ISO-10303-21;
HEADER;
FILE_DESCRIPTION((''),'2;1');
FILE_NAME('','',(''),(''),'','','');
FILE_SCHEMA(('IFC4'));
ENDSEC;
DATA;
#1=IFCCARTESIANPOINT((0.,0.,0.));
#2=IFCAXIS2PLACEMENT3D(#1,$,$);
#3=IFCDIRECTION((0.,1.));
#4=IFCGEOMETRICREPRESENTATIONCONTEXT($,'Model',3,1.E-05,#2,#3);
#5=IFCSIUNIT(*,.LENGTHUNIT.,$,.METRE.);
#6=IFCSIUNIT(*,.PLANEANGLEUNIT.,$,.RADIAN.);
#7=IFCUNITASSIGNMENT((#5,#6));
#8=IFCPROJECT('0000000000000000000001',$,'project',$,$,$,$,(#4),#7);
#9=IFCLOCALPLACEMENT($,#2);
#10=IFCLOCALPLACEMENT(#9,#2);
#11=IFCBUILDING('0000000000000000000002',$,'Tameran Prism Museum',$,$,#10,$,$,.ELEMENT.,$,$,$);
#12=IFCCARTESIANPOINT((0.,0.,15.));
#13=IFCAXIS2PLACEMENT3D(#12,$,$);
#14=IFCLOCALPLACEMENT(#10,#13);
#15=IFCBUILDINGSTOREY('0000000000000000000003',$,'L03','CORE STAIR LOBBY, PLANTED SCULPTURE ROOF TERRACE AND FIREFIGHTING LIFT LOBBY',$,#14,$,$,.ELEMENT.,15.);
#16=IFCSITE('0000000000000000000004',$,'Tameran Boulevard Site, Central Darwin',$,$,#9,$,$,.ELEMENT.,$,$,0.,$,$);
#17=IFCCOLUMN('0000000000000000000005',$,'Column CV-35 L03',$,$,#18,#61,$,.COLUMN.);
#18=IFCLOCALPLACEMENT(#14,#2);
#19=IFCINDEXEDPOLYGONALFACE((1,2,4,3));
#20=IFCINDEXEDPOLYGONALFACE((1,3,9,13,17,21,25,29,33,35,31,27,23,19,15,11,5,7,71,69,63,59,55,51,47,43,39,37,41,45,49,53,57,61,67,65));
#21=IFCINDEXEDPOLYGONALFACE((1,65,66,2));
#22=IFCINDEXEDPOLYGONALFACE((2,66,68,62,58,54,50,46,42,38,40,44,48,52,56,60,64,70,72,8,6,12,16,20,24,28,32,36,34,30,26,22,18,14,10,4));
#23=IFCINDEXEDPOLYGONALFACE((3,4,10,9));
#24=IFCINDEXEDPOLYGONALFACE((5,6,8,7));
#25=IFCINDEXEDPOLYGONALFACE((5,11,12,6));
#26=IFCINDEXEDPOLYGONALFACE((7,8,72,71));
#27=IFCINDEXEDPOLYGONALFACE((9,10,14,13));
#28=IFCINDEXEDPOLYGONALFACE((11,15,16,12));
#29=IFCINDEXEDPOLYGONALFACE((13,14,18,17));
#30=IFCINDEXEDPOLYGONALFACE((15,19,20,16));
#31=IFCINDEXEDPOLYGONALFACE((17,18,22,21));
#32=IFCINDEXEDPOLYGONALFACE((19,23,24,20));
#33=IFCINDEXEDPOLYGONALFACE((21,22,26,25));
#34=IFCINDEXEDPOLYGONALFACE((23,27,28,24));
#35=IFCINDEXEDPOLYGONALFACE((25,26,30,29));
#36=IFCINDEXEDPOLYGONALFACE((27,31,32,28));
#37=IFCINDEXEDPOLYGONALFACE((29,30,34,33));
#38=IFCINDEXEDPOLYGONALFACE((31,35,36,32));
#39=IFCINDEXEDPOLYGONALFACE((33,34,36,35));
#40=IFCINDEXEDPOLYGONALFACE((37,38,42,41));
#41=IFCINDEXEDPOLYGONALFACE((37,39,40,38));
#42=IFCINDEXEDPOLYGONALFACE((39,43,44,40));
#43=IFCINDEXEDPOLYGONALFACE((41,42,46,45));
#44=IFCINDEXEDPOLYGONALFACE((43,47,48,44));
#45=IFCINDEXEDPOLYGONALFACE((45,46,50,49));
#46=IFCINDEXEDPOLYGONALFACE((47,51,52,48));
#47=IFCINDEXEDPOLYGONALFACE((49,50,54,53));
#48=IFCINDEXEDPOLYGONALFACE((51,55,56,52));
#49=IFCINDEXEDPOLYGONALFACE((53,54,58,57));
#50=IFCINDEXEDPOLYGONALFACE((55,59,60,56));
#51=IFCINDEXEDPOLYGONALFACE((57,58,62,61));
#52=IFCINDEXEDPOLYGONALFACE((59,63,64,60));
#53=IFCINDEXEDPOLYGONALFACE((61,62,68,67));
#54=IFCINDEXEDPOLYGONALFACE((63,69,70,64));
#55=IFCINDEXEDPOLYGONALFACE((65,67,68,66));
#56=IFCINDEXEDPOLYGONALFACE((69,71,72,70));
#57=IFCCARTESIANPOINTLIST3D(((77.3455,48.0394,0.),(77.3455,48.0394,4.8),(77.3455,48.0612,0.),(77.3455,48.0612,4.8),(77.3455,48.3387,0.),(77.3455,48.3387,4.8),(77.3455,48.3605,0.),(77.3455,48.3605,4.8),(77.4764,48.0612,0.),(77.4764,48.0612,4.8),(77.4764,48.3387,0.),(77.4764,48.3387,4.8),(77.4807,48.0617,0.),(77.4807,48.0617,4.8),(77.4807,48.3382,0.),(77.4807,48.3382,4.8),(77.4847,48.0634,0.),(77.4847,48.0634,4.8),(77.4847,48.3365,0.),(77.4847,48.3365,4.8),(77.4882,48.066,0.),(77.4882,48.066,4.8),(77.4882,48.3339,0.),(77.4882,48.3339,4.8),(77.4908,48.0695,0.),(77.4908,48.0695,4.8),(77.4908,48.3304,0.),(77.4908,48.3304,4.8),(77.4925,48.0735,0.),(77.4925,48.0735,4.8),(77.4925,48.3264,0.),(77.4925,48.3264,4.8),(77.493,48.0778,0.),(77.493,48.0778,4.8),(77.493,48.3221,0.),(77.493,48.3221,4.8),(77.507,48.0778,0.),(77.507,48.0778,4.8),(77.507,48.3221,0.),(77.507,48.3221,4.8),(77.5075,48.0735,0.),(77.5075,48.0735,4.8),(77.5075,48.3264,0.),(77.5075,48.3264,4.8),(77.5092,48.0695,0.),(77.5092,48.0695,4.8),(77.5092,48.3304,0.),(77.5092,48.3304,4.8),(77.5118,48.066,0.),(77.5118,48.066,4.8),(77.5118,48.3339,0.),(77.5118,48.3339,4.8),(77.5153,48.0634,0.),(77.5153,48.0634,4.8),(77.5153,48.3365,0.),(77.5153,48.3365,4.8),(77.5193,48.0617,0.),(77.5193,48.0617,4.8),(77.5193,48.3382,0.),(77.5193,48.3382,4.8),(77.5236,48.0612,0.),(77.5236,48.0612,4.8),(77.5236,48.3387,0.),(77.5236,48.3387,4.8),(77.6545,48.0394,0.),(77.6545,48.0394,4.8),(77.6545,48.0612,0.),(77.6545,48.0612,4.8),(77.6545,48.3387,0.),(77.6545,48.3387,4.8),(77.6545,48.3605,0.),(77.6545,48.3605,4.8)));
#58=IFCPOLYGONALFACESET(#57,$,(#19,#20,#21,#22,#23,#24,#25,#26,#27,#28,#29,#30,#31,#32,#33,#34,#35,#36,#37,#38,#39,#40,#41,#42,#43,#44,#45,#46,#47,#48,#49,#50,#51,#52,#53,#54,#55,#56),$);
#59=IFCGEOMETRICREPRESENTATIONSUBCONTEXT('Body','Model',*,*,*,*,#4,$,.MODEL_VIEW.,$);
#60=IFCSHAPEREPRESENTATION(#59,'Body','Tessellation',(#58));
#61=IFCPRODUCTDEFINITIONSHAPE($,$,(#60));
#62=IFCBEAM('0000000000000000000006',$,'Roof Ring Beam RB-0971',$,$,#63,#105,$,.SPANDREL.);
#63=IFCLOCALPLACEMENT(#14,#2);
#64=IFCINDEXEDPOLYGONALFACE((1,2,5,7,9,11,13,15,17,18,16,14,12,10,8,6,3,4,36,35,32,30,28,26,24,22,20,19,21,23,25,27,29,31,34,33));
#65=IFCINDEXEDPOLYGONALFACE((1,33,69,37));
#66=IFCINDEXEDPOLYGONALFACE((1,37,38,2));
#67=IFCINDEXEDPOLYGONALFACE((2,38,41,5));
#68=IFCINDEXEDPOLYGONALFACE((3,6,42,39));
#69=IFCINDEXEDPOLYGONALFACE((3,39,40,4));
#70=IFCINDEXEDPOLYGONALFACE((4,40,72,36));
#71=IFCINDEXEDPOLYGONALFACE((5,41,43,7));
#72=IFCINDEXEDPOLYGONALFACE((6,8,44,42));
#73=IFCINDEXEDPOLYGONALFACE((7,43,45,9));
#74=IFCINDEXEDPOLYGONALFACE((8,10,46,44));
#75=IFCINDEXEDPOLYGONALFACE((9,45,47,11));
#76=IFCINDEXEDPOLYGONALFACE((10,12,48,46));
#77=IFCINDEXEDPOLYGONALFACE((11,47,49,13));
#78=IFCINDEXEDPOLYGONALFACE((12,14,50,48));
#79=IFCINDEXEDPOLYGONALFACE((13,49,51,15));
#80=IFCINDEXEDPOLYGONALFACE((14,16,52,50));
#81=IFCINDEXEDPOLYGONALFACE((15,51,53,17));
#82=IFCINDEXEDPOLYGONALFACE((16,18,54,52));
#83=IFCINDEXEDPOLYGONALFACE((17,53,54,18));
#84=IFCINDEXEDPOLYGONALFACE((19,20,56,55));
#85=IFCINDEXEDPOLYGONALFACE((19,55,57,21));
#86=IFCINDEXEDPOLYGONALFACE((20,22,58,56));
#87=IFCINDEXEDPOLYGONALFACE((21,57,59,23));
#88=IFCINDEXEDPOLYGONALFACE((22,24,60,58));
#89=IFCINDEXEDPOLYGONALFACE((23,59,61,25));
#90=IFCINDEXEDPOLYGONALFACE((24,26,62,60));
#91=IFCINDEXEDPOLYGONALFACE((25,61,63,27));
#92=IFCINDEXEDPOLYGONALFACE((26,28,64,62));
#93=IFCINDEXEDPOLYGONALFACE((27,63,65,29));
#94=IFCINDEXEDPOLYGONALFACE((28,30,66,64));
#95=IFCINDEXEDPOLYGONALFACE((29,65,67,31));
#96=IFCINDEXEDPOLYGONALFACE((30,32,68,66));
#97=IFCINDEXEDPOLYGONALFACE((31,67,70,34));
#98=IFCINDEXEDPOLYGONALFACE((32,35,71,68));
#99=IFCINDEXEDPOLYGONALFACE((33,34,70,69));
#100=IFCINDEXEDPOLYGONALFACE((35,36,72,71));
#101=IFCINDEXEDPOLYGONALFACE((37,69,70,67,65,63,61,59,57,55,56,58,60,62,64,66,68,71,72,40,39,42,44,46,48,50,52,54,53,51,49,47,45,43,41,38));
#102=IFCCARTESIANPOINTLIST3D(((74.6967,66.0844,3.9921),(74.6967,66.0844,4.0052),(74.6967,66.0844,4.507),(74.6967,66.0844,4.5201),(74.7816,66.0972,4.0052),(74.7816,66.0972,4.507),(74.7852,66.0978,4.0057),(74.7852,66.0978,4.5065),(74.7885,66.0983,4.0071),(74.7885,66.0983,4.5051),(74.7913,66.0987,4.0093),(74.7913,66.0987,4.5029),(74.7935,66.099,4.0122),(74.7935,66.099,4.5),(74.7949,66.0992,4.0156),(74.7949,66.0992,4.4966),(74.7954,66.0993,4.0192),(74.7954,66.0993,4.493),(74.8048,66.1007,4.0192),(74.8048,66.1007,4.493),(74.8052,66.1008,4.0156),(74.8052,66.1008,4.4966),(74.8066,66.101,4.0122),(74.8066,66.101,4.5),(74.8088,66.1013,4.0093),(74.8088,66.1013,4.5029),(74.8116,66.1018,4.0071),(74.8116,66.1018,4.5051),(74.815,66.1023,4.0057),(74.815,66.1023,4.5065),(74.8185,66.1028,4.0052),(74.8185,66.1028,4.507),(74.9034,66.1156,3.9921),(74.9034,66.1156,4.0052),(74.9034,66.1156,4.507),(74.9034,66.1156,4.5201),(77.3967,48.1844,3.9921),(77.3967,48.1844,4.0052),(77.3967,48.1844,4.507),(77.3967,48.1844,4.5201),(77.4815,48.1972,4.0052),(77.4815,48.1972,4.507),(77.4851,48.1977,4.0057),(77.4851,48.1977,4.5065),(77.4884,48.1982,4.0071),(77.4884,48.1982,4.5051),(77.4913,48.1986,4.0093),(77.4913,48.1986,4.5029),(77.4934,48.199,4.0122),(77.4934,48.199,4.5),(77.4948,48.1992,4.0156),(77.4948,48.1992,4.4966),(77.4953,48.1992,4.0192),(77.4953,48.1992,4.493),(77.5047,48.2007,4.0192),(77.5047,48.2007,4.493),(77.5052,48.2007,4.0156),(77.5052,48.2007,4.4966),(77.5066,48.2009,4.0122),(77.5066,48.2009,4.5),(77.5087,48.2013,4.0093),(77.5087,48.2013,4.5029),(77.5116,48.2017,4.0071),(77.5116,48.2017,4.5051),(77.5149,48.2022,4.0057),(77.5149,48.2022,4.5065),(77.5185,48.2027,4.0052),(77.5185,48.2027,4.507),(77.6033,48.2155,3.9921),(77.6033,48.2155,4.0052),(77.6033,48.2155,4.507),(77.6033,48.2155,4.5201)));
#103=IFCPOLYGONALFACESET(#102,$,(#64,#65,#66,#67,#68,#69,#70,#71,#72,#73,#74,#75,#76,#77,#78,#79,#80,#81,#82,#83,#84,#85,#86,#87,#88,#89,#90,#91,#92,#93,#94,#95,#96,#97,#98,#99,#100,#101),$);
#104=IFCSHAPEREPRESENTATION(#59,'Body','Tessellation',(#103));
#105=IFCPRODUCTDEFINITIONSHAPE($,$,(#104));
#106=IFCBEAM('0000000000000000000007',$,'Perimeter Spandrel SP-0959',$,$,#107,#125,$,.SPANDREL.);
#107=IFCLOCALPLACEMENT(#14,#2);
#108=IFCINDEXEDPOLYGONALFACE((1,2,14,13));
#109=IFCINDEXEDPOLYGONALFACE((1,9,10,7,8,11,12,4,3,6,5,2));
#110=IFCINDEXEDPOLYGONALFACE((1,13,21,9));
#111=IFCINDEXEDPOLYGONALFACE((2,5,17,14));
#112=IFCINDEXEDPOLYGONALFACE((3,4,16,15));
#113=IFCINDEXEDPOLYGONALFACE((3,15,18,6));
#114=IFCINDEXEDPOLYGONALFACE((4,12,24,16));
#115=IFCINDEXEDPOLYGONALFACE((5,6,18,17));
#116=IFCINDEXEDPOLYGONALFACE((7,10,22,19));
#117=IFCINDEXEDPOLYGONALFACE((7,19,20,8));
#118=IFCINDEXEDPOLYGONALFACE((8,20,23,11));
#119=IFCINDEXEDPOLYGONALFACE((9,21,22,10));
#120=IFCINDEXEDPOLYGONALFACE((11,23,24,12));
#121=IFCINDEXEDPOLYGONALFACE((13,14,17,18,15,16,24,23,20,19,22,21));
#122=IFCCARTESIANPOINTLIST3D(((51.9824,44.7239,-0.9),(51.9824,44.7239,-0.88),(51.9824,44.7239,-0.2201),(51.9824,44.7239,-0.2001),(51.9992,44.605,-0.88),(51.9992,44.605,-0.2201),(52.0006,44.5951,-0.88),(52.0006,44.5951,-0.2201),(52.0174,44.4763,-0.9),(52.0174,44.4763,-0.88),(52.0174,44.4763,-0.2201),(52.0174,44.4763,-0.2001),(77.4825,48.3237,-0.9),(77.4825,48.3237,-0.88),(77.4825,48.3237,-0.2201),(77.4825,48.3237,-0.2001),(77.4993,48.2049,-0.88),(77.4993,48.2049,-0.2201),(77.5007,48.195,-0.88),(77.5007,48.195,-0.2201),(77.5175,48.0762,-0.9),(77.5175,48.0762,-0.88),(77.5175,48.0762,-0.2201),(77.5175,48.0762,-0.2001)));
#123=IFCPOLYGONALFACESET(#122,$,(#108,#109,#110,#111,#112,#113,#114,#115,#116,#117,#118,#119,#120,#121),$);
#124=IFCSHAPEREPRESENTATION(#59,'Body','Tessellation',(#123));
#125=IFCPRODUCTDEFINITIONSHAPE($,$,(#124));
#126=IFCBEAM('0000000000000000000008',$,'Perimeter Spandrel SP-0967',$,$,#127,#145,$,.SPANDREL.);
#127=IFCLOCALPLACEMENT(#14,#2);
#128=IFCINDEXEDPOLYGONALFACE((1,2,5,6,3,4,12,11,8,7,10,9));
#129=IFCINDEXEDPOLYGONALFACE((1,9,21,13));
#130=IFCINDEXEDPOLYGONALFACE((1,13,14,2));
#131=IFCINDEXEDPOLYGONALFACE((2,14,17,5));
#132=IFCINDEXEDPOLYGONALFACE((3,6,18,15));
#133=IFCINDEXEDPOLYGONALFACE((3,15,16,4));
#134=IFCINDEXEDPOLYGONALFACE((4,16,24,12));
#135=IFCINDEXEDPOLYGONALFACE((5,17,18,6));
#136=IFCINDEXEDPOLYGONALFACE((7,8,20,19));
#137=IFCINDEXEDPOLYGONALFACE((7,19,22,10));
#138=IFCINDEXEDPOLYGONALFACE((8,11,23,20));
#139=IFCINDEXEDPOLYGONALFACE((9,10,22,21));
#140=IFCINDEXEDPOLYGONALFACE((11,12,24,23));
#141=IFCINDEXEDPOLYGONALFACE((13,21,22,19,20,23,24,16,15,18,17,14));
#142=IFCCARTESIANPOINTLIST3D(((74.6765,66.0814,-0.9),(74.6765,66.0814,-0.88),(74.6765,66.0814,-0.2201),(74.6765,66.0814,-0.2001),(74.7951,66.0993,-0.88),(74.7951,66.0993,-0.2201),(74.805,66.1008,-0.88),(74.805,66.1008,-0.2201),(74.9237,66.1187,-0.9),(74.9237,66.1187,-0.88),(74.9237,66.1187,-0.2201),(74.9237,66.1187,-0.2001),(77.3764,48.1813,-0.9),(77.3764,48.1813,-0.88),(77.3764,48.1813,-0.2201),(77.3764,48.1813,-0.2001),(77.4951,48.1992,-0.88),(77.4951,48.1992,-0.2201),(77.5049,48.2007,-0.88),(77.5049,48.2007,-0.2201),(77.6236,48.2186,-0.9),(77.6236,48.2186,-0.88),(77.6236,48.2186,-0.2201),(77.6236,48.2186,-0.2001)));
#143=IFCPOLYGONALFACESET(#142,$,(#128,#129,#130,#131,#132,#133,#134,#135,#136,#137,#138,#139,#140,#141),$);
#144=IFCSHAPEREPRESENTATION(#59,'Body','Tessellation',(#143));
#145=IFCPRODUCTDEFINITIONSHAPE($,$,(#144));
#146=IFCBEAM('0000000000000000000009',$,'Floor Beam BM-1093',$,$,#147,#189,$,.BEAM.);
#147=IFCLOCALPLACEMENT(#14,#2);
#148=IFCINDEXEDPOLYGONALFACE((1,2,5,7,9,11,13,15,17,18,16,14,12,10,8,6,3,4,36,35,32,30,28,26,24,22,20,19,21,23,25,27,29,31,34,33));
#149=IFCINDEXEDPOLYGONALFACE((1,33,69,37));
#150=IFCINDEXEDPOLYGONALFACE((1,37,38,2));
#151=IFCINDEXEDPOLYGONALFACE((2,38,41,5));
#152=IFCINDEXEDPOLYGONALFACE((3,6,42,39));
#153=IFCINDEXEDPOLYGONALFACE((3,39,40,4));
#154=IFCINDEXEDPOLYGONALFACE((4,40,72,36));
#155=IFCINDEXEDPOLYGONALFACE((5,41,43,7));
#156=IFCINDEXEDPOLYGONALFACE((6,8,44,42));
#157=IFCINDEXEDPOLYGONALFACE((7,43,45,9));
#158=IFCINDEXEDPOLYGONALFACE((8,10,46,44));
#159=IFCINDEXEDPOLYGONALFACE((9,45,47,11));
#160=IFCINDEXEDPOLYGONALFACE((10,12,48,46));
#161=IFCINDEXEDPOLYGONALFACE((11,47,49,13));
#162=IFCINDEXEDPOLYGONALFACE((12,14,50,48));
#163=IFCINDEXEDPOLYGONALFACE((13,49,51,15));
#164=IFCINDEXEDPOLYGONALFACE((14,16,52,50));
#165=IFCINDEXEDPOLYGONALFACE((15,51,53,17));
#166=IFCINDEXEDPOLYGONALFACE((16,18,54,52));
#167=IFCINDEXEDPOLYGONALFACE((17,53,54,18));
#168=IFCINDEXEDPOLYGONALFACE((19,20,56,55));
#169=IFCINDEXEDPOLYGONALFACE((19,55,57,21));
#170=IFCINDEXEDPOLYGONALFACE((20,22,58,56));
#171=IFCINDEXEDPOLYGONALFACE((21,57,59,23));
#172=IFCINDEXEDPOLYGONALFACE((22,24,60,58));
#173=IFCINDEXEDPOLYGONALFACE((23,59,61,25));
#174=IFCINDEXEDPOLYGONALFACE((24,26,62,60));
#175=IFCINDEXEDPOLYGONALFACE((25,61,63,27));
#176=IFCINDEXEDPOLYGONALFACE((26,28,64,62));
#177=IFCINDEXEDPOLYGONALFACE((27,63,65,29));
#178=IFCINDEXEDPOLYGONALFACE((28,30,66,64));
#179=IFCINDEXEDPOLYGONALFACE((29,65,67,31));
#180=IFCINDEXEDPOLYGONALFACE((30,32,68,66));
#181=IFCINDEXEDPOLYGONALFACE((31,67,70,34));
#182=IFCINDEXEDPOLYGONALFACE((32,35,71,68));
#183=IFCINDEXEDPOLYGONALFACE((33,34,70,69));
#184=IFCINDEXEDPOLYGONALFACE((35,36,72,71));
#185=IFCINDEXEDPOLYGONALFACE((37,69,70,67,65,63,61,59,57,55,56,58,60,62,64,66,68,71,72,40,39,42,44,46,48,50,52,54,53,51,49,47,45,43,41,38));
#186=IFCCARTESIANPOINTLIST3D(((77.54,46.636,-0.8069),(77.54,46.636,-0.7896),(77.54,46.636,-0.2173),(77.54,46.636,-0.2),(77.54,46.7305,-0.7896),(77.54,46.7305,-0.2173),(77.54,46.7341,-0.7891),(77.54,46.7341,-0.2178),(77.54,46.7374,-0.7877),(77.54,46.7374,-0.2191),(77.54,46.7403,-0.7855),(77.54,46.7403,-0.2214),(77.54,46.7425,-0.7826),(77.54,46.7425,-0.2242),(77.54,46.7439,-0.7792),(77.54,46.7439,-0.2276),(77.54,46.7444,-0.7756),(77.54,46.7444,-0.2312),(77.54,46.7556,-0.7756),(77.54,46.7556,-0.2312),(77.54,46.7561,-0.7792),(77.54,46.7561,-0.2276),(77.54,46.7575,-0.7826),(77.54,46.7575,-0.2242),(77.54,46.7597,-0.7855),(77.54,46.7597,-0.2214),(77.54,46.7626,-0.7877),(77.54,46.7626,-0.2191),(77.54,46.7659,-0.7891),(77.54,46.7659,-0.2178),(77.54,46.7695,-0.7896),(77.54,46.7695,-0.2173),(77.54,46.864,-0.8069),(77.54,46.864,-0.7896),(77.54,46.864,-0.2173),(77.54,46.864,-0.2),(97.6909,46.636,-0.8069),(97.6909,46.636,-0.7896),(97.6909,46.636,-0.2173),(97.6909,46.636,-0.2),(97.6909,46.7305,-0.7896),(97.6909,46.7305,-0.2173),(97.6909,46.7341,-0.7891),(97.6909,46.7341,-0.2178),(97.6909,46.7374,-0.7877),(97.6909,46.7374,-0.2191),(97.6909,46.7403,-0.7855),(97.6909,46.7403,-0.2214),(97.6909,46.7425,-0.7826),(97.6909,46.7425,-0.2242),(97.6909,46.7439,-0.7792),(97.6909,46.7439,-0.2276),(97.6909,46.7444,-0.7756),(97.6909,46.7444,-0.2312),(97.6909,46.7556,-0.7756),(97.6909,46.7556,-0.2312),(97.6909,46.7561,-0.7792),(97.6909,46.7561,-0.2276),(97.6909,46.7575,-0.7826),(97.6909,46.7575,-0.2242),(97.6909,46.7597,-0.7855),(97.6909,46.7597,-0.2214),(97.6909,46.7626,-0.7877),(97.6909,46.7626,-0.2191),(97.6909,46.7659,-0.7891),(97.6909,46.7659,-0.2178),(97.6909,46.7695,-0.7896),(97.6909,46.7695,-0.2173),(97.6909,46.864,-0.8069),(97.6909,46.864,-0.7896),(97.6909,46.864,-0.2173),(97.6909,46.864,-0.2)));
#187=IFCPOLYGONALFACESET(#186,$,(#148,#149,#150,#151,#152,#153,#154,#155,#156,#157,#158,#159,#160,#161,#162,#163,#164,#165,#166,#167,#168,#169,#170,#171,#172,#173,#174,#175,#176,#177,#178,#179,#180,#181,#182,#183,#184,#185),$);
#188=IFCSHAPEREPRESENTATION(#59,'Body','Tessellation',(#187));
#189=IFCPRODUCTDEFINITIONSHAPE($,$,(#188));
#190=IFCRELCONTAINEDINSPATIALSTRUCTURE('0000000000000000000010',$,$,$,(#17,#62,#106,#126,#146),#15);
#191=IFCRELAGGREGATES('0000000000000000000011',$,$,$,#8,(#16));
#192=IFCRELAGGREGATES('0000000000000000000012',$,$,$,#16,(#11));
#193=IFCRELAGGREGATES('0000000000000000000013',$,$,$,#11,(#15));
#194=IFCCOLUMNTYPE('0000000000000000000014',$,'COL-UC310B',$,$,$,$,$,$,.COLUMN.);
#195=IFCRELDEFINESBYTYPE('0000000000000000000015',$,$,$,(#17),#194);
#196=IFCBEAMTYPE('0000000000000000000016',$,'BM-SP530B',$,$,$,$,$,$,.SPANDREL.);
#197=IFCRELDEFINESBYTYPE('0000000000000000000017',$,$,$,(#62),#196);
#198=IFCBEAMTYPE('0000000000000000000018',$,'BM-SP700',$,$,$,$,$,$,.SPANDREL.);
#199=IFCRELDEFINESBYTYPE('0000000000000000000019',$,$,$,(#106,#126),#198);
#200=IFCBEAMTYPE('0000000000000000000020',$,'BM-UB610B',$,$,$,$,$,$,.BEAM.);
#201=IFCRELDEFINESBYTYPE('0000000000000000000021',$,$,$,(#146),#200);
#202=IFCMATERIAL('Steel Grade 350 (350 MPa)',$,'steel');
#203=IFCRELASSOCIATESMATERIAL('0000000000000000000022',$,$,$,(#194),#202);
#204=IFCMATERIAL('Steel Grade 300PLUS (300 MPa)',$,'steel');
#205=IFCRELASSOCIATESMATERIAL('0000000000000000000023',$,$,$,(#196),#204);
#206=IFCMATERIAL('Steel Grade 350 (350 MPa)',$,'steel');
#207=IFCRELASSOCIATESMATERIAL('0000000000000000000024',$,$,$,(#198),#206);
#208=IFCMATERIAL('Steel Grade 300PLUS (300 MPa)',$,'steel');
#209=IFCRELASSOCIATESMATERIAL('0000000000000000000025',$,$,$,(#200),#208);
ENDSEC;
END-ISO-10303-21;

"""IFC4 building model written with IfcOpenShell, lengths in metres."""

from ifc_helpers import new_model, si_unit, direction, frame, origin, origin_2d, place, context, subcontext, project, spatial, i_section, extrude, material, material_profile, profile_set, type_object, element, save


model = new_model("IFC4")

# Units and contexts
model_context = context("Model", 3, precision=1e-05, world=origin(), true_north=direction((0.0, 1.0)))
body_context = subcontext(model_context, "Body", "Model", "MODEL_VIEW")
ifc_project = project(units=[si_unit("LENGTHUNIT", "METRE"), si_unit("PLANEANGLEUNIT", "RADIAN")], contexts=[model_context])

# Site, building, storey
site_placement = place(None, origin())
site = spatial("IfcSite", under=ifc_project, at=site_placement, Name="Tameran Boulevard Site, Central Darwin", CompositionType="ELEMENT", RefElevation=0.0)
building_placement = place(site_placement, origin())
building = spatial("IfcBuilding", under=site, at=building_placement, Name="Tameran Prism Museum", CompositionType="ELEMENT")
storey_placement = place(building_placement, frame((0.0, 0.0, 15.0)))
storey = spatial("IfcBuildingStorey", under=building, at=storey_placement, Name="L03", Description="CORE STAIR LOBBY, PLANTED SCULPTURE ROOF TERRACE AND FIREFIGHTING LIFT LOBBY", CompositionType="ELEMENT", Elevation=15.0)

# Column
ifc_material_1 = material(Name="Steel Grade 350 (350 MPa)", Category="steel")
ifc_material_profile_1 = material_profile(ifc_material_1, i_section(OverallWidth=0.3091, OverallDepth=0.321, WebThickness=0.0139, FlangeThickness=0.0217, FilletRadius=0.0166, at=origin_2d()))
ifc_profile_set_1 = profile_set([ifc_material_profile_1])
column_type = type_object("IfcColumnType", Name="COL-UC310B", PredefinedType="COLUMN", material=ifc_profile_set_1)
column_placement = place(storey_placement, frame((77.5, 48.2, 0.0), z_axis=(0.0, 0.0, 1.0), x_axis=(1.0, 0.0, 0.0)))
element("IfcColumn", 1, at=column_placement, inside=storey, type_object=column_type, Name="Column CV-35 L03", PredefinedType="COLUMN", context=body_context, shape_type="SweptSolid", body=[
    extrude(i_section(OverallWidth=0.3091, OverallDepth=0.321, WebThickness=0.0139, FlangeThickness=0.0217, FilletRadius=0.0166, at=origin_2d()), origin(), (0.0, 0.0, 1.0), 4.8),
])

# Beams
ifc_material_2 = material(Name="Steel Grade 300PLUS (300 MPa)", Category="steel")
ifc_material_profile_2 = material_profile(ifc_material_2, i_section(OverallWidth=0.209, OverallDepth=0.5281, WebThickness=0.0095, FlangeThickness=0.0132, FilletRadius=0.0139, at=origin_2d()))
ifc_profile_set_2 = profile_set([ifc_material_profile_2])
beam_type_1 = type_object("IfcBeamType", Name="BM-SP530B", PredefinedType="SPANDREL", material=ifc_profile_set_2)
beam_1_placement = place(storey_placement, frame((77.5, 48.2, 4.2561), z_axis=(-0.149147, 0.988815, 0.0), x_axis=(-0.988815, -0.149147, 0.0)))
element("IfcBeam", 2, at=beam_1_placement, inside=storey, type_object=beam_type_1, Name="Roof Ring Beam RB-0971", PredefinedType="SPANDREL", context=body_context, shape_type="SweptSolid", body=[
    extrude(i_section(OverallWidth=0.209, OverallDepth=0.5281, WebThickness=0.0095, FlangeThickness=0.0132, FilletRadius=0.0139, at=origin_2d()), origin(), (0.0, 0.0, 1.0), 18.1025),
])
ifc_material_3 = material(Name="Steel Grade 350 (350 MPa)", Category="steel")
ifc_material_profile_3 = material_profile(ifc_material_3, i_section(OverallWidth=0.25, OverallDepth=0.7, WebThickness=0.01, FlangeThickness=0.02, at=origin_2d()))
ifc_profile_set_3 = profile_set([ifc_material_profile_3])
beam_type_2 = type_object("IfcBeamType", Name="BM-SP700", PredefinedType="SPANDREL", material=ifc_profile_set_3)
beam_2_placement = place(storey_placement, frame((77.5, 48.2, -0.55), z_axis=(-0.990182, -0.139785, 0.0), x_axis=(0.139785, -0.990182, 0.0)))
element("IfcBeam", 3, at=beam_2_placement, inside=storey, type_object=beam_type_2, Name="Perimeter Spandrel SP-0959", PredefinedType="SPANDREL", context=body_context, shape_type="SweptSolid", body=[
    extrude(i_section(OverallWidth=0.25, OverallDepth=0.7, WebThickness=0.01, FlangeThickness=0.02, at=origin_2d()), origin(), (0.0, 0.0, 1.0), 25.7529),
])
beam_3_placement = place(storey_placement, frame((77.5, 48.2, -0.55), z_axis=(-0.149147, 0.988815, 0.0), x_axis=(-0.988815, -0.149147, 0.0)))
element("IfcBeam", 4, at=beam_3_placement, inside=storey, type_object=beam_type_2, Name="Perimeter Spandrel SP-0967", PredefinedType="SPANDREL", context=body_context, shape_type="SweptSolid", body=[
    extrude(i_section(OverallWidth=0.25, OverallDepth=0.7, WebThickness=0.01, FlangeThickness=0.02, at=origin_2d()), origin(), (0.0, 0.0, 1.0), 18.1025),
])
ifc_material_4 = material(Name="Steel Grade 300PLUS (300 MPa)", Category="steel")
ifc_material_profile_4 = material_profile(ifc_material_4, i_section(OverallWidth=0.228, OverallDepth=0.6069, WebThickness=0.0112, FlangeThickness=0.0173, FilletRadius=0.0139, at=origin_2d()))
ifc_profile_set_4 = profile_set([ifc_material_profile_4])
beam_type_3 = type_object("IfcBeamType", Name="BM-UB610B", PredefinedType="BEAM", material=ifc_profile_set_4)
beam_4_placement = place(storey_placement, frame((77.54, 46.75, -0.5034), z_axis=(1.0, 0.0, 0.0), x_axis=(0.0, 1.0, 0.0)))
element("IfcBeam", 5, at=beam_4_placement, inside=storey, type_object=beam_type_3, Name="Floor Beam BM-1093", PredefinedType="BEAM", context=body_context, shape_type="SweptSolid", body=[
    extrude(i_section(OverallWidth=0.228, OverallDepth=0.6069, WebThickness=0.0112, FlangeThickness=0.0173, FilletRadius=0.0139, at=origin_2d()), origin(), (0.0, 0.0, 1.0), 20.1509),
])

save(model, "model.ifc")
